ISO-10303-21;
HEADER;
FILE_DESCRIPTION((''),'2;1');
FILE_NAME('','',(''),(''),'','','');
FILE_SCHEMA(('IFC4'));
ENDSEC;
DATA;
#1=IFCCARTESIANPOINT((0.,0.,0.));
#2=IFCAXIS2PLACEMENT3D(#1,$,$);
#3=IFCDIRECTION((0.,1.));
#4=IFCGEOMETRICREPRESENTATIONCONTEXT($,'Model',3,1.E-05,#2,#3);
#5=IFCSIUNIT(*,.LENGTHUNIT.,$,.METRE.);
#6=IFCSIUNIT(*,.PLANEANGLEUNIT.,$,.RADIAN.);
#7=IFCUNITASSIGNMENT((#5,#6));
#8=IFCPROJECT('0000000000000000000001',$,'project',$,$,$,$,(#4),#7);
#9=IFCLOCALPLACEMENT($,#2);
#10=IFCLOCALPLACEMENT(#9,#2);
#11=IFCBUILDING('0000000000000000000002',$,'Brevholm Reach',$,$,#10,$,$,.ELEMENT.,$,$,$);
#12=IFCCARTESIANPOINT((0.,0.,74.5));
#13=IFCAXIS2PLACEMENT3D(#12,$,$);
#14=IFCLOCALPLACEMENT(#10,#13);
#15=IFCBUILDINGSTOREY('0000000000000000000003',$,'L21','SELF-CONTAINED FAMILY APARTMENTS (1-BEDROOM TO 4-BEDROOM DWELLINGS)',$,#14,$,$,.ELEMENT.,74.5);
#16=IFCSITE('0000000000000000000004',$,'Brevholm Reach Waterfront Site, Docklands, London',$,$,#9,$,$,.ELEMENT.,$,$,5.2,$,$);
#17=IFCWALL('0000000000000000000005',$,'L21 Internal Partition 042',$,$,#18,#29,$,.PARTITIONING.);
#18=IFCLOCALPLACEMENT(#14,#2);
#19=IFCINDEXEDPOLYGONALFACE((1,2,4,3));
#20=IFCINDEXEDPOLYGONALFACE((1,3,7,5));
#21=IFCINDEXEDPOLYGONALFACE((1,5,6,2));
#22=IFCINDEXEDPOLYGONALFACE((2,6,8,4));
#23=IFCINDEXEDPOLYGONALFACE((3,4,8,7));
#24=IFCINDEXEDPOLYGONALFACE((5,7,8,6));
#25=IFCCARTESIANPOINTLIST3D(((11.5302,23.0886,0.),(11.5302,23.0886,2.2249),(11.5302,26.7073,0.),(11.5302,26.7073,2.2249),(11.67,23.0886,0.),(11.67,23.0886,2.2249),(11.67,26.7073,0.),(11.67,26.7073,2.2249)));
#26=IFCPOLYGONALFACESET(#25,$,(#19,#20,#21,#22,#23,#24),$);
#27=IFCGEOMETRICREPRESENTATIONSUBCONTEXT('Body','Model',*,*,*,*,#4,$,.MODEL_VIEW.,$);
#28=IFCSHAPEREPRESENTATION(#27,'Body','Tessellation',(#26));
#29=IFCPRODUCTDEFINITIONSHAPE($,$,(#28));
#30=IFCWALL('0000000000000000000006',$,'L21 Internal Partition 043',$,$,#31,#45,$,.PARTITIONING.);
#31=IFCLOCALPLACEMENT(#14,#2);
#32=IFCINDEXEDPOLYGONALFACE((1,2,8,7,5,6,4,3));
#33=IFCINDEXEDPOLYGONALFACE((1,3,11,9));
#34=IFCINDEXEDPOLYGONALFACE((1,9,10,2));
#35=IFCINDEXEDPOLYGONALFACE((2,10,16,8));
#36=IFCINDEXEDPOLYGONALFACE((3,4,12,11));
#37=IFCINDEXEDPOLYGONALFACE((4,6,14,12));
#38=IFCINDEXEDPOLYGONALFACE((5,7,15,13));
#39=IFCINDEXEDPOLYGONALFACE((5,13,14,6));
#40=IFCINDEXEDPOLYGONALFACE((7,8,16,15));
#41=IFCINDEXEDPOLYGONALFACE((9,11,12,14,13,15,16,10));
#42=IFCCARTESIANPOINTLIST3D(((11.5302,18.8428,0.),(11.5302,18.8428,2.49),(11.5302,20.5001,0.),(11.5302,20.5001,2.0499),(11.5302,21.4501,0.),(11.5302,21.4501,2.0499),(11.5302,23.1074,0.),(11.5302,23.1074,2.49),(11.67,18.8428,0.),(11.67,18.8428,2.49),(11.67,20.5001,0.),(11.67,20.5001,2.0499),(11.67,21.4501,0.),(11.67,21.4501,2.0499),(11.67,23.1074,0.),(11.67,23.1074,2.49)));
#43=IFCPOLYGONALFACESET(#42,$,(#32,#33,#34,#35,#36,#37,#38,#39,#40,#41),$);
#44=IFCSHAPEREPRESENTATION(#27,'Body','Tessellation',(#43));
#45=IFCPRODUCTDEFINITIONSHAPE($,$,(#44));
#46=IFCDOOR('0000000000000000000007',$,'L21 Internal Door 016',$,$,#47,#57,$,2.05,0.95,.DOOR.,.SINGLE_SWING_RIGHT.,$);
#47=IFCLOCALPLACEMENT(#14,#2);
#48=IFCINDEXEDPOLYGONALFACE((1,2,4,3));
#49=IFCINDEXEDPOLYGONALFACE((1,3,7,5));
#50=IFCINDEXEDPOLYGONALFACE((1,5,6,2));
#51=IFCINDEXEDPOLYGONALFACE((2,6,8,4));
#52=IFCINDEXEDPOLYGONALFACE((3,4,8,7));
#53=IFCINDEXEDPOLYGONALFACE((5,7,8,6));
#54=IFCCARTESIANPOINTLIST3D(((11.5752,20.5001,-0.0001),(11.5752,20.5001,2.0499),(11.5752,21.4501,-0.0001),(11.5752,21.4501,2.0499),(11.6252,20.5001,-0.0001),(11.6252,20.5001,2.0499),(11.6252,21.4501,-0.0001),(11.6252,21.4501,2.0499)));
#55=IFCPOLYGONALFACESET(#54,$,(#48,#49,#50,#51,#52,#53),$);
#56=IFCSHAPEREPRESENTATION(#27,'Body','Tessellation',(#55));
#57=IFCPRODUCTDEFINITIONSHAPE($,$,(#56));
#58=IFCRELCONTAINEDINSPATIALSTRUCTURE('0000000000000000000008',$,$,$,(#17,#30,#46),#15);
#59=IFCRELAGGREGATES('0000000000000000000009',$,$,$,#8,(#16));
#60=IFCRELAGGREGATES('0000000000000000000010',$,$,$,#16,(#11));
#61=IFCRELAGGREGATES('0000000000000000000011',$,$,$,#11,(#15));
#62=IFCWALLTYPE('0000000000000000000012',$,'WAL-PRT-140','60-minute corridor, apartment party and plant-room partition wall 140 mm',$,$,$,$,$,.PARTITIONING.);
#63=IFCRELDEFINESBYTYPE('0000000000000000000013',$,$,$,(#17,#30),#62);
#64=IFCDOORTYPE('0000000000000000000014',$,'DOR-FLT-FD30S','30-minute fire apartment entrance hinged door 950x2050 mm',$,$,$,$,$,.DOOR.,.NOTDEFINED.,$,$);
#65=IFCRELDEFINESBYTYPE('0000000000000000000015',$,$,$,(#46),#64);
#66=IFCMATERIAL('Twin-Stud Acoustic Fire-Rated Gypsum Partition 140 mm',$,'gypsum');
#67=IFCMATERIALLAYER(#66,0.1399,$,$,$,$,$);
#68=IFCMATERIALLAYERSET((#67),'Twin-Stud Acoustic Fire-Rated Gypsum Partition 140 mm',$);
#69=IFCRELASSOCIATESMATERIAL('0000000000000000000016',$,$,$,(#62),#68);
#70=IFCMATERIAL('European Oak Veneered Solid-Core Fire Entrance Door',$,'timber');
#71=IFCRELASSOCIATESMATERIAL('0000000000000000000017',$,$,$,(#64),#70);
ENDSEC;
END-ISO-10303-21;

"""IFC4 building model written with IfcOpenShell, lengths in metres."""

from ifc_helpers import new_model, si_unit, direction, frame, frame_2d, origin, place, context, subcontext, project, spatial, rectangle, extrude, material, layer, layer_set, type_object, element, fill, save


model = new_model("IFC4")

# Units and contexts
model_context = context("Model", 3, precision=1e-05, world=origin(), true_north=direction((0.0, 1.0)))
body_context = subcontext(model_context, "Body", "Model", "MODEL_VIEW")
ifc_project = project(units=[si_unit("LENGTHUNIT", "METRE"), si_unit("PLANEANGLEUNIT", "RADIAN")], contexts=[model_context])

# Site, building, storey
site_placement = place(None, origin())
site = spatial("IfcSite", under=ifc_project, at=site_placement, Name="Brevholm Reach Waterfront Site, Docklands, London", CompositionType="ELEMENT", RefElevation=5.2)
building_placement = place(site_placement, origin())
building = spatial("IfcBuilding", under=site, at=building_placement, Name="Brevholm Reach", CompositionType="ELEMENT")
storey_placement = place(building_placement, frame((0.0, 0.0, 74.5)))
storey = spatial("IfcBuildingStorey", under=building, at=storey_placement, Name="L21", Description="SELF-CONTAINED FAMILY APARTMENTS (1-BEDROOM TO 4-BEDROOM DWELLINGS)", CompositionType="ELEMENT", Elevation=74.5)

# Wall
ifc_material_1 = material(Name="Twin-Stud Acoustic Fire-Rated Gypsum Partition 140 mm", Category="gypsum")
ifc_layer_1 = layer(ifc_material_1, 0.1399)
ifc_layer_set_1 = layer_set([ifc_layer_1], Name="Twin-Stud Acoustic Fire-Rated Gypsum Partition 140 mm")
wall_type_1 = type_object("IfcWallType", Name="WAL-PRT-140", Description="60-minute corridor, apartment party and plant-room partition wall 140 mm", PredefinedType="PARTITIONING", material=ifc_layer_set_1)
wall_1_placement = place(storey_placement, frame((11.6001, 23.0886, 0.0), z_axis=(0.0, 0.0, 1.0), x_axis=(0.0, 1.0, 0.0)))
element("IfcWall", 1, at=wall_1_placement, inside=storey, type_object=wall_type_1, Name="L21 Internal Partition 042", PredefinedType="PARTITIONING", context=body_context, shape_type="SweptSolid", body=[
    extrude(rectangle(XDim=3.6187, YDim=0.1399, at=frame_2d((1.8093, 0.0))), origin(), (0.0, 0.0, 1.0), 2.2249),
])

# Wall, opening, door
wall_2_placement = place(storey_placement, frame((11.6001, 18.8428, 0.0), z_axis=(0.0, 0.0, 1.0), x_axis=(0.0, 1.0, 0.0)))
wall_2 = element("IfcWall", 2, at=wall_2_placement, inside=storey, type_object=wall_type_1, Name="L21 Internal Partition 043", PredefinedType="PARTITIONING", context=body_context, shape_type="SweptSolid", body=[
    extrude(rectangle(XDim=4.2646, YDim=0.1399, at=frame_2d((2.1323, 0.0))), origin(), (0.0, 0.0, 1.0), 2.49),
])
opening_1_placement = place(wall_2_placement, frame((1.6572, 0.0, 0.0)))
opening_1 = element("IfcOpeningElement", 3, at=opening_1_placement, cuts=wall_2, PredefinedType="OPENING", context=body_context, shape_type="SweptSolid", body=[
    extrude(rectangle(XDim=0.95, YDim=2.05, at=frame_2d((0.4751, 1.0249))), frame((0.0, 0.0798, 0.0), z_axis=(0.0, -1.0, 0.0), x_axis=(1.0, 0.0, 0.0)), (0.0, 0.0, 1.0), 0.1599),
])
ifc_material_2 = material(Name="European Oak Veneered Solid-Core Fire Entrance Door", Category="timber")
door_type_1 = type_object("IfcDoorType", Name="DOR-FLT-FD30S", Description="30-minute fire apartment entrance hinged door 950x2050 mm", OperationType="NOTDEFINED", PredefinedType="DOOR", material=ifc_material_2)
door_1_placement = place(opening_1_placement, origin())
door_1 = element("IfcDoor", 4, at=door_1_placement, inside=storey, type_object=door_type_1, Name="L21 Internal Door 016", OperationType="SINGLE_SWING_RIGHT", OverallHeight=2.05, OverallWidth=0.95, PredefinedType="DOOR", context=body_context, shape_type="SweptSolid", body=[
    extrude(rectangle(XDim=0.95, YDim=2.05, at=frame_2d((0.4751, 1.0249))), frame((0.0, 0.0249, 0.0), z_axis=(0.0, -1.0, 0.0), x_axis=(1.0, 0.0, 0.0)), (0.0, 0.0, 1.0), 0.05),
])
fill(opening_1, door_1)

save(model, "model.ifc")
